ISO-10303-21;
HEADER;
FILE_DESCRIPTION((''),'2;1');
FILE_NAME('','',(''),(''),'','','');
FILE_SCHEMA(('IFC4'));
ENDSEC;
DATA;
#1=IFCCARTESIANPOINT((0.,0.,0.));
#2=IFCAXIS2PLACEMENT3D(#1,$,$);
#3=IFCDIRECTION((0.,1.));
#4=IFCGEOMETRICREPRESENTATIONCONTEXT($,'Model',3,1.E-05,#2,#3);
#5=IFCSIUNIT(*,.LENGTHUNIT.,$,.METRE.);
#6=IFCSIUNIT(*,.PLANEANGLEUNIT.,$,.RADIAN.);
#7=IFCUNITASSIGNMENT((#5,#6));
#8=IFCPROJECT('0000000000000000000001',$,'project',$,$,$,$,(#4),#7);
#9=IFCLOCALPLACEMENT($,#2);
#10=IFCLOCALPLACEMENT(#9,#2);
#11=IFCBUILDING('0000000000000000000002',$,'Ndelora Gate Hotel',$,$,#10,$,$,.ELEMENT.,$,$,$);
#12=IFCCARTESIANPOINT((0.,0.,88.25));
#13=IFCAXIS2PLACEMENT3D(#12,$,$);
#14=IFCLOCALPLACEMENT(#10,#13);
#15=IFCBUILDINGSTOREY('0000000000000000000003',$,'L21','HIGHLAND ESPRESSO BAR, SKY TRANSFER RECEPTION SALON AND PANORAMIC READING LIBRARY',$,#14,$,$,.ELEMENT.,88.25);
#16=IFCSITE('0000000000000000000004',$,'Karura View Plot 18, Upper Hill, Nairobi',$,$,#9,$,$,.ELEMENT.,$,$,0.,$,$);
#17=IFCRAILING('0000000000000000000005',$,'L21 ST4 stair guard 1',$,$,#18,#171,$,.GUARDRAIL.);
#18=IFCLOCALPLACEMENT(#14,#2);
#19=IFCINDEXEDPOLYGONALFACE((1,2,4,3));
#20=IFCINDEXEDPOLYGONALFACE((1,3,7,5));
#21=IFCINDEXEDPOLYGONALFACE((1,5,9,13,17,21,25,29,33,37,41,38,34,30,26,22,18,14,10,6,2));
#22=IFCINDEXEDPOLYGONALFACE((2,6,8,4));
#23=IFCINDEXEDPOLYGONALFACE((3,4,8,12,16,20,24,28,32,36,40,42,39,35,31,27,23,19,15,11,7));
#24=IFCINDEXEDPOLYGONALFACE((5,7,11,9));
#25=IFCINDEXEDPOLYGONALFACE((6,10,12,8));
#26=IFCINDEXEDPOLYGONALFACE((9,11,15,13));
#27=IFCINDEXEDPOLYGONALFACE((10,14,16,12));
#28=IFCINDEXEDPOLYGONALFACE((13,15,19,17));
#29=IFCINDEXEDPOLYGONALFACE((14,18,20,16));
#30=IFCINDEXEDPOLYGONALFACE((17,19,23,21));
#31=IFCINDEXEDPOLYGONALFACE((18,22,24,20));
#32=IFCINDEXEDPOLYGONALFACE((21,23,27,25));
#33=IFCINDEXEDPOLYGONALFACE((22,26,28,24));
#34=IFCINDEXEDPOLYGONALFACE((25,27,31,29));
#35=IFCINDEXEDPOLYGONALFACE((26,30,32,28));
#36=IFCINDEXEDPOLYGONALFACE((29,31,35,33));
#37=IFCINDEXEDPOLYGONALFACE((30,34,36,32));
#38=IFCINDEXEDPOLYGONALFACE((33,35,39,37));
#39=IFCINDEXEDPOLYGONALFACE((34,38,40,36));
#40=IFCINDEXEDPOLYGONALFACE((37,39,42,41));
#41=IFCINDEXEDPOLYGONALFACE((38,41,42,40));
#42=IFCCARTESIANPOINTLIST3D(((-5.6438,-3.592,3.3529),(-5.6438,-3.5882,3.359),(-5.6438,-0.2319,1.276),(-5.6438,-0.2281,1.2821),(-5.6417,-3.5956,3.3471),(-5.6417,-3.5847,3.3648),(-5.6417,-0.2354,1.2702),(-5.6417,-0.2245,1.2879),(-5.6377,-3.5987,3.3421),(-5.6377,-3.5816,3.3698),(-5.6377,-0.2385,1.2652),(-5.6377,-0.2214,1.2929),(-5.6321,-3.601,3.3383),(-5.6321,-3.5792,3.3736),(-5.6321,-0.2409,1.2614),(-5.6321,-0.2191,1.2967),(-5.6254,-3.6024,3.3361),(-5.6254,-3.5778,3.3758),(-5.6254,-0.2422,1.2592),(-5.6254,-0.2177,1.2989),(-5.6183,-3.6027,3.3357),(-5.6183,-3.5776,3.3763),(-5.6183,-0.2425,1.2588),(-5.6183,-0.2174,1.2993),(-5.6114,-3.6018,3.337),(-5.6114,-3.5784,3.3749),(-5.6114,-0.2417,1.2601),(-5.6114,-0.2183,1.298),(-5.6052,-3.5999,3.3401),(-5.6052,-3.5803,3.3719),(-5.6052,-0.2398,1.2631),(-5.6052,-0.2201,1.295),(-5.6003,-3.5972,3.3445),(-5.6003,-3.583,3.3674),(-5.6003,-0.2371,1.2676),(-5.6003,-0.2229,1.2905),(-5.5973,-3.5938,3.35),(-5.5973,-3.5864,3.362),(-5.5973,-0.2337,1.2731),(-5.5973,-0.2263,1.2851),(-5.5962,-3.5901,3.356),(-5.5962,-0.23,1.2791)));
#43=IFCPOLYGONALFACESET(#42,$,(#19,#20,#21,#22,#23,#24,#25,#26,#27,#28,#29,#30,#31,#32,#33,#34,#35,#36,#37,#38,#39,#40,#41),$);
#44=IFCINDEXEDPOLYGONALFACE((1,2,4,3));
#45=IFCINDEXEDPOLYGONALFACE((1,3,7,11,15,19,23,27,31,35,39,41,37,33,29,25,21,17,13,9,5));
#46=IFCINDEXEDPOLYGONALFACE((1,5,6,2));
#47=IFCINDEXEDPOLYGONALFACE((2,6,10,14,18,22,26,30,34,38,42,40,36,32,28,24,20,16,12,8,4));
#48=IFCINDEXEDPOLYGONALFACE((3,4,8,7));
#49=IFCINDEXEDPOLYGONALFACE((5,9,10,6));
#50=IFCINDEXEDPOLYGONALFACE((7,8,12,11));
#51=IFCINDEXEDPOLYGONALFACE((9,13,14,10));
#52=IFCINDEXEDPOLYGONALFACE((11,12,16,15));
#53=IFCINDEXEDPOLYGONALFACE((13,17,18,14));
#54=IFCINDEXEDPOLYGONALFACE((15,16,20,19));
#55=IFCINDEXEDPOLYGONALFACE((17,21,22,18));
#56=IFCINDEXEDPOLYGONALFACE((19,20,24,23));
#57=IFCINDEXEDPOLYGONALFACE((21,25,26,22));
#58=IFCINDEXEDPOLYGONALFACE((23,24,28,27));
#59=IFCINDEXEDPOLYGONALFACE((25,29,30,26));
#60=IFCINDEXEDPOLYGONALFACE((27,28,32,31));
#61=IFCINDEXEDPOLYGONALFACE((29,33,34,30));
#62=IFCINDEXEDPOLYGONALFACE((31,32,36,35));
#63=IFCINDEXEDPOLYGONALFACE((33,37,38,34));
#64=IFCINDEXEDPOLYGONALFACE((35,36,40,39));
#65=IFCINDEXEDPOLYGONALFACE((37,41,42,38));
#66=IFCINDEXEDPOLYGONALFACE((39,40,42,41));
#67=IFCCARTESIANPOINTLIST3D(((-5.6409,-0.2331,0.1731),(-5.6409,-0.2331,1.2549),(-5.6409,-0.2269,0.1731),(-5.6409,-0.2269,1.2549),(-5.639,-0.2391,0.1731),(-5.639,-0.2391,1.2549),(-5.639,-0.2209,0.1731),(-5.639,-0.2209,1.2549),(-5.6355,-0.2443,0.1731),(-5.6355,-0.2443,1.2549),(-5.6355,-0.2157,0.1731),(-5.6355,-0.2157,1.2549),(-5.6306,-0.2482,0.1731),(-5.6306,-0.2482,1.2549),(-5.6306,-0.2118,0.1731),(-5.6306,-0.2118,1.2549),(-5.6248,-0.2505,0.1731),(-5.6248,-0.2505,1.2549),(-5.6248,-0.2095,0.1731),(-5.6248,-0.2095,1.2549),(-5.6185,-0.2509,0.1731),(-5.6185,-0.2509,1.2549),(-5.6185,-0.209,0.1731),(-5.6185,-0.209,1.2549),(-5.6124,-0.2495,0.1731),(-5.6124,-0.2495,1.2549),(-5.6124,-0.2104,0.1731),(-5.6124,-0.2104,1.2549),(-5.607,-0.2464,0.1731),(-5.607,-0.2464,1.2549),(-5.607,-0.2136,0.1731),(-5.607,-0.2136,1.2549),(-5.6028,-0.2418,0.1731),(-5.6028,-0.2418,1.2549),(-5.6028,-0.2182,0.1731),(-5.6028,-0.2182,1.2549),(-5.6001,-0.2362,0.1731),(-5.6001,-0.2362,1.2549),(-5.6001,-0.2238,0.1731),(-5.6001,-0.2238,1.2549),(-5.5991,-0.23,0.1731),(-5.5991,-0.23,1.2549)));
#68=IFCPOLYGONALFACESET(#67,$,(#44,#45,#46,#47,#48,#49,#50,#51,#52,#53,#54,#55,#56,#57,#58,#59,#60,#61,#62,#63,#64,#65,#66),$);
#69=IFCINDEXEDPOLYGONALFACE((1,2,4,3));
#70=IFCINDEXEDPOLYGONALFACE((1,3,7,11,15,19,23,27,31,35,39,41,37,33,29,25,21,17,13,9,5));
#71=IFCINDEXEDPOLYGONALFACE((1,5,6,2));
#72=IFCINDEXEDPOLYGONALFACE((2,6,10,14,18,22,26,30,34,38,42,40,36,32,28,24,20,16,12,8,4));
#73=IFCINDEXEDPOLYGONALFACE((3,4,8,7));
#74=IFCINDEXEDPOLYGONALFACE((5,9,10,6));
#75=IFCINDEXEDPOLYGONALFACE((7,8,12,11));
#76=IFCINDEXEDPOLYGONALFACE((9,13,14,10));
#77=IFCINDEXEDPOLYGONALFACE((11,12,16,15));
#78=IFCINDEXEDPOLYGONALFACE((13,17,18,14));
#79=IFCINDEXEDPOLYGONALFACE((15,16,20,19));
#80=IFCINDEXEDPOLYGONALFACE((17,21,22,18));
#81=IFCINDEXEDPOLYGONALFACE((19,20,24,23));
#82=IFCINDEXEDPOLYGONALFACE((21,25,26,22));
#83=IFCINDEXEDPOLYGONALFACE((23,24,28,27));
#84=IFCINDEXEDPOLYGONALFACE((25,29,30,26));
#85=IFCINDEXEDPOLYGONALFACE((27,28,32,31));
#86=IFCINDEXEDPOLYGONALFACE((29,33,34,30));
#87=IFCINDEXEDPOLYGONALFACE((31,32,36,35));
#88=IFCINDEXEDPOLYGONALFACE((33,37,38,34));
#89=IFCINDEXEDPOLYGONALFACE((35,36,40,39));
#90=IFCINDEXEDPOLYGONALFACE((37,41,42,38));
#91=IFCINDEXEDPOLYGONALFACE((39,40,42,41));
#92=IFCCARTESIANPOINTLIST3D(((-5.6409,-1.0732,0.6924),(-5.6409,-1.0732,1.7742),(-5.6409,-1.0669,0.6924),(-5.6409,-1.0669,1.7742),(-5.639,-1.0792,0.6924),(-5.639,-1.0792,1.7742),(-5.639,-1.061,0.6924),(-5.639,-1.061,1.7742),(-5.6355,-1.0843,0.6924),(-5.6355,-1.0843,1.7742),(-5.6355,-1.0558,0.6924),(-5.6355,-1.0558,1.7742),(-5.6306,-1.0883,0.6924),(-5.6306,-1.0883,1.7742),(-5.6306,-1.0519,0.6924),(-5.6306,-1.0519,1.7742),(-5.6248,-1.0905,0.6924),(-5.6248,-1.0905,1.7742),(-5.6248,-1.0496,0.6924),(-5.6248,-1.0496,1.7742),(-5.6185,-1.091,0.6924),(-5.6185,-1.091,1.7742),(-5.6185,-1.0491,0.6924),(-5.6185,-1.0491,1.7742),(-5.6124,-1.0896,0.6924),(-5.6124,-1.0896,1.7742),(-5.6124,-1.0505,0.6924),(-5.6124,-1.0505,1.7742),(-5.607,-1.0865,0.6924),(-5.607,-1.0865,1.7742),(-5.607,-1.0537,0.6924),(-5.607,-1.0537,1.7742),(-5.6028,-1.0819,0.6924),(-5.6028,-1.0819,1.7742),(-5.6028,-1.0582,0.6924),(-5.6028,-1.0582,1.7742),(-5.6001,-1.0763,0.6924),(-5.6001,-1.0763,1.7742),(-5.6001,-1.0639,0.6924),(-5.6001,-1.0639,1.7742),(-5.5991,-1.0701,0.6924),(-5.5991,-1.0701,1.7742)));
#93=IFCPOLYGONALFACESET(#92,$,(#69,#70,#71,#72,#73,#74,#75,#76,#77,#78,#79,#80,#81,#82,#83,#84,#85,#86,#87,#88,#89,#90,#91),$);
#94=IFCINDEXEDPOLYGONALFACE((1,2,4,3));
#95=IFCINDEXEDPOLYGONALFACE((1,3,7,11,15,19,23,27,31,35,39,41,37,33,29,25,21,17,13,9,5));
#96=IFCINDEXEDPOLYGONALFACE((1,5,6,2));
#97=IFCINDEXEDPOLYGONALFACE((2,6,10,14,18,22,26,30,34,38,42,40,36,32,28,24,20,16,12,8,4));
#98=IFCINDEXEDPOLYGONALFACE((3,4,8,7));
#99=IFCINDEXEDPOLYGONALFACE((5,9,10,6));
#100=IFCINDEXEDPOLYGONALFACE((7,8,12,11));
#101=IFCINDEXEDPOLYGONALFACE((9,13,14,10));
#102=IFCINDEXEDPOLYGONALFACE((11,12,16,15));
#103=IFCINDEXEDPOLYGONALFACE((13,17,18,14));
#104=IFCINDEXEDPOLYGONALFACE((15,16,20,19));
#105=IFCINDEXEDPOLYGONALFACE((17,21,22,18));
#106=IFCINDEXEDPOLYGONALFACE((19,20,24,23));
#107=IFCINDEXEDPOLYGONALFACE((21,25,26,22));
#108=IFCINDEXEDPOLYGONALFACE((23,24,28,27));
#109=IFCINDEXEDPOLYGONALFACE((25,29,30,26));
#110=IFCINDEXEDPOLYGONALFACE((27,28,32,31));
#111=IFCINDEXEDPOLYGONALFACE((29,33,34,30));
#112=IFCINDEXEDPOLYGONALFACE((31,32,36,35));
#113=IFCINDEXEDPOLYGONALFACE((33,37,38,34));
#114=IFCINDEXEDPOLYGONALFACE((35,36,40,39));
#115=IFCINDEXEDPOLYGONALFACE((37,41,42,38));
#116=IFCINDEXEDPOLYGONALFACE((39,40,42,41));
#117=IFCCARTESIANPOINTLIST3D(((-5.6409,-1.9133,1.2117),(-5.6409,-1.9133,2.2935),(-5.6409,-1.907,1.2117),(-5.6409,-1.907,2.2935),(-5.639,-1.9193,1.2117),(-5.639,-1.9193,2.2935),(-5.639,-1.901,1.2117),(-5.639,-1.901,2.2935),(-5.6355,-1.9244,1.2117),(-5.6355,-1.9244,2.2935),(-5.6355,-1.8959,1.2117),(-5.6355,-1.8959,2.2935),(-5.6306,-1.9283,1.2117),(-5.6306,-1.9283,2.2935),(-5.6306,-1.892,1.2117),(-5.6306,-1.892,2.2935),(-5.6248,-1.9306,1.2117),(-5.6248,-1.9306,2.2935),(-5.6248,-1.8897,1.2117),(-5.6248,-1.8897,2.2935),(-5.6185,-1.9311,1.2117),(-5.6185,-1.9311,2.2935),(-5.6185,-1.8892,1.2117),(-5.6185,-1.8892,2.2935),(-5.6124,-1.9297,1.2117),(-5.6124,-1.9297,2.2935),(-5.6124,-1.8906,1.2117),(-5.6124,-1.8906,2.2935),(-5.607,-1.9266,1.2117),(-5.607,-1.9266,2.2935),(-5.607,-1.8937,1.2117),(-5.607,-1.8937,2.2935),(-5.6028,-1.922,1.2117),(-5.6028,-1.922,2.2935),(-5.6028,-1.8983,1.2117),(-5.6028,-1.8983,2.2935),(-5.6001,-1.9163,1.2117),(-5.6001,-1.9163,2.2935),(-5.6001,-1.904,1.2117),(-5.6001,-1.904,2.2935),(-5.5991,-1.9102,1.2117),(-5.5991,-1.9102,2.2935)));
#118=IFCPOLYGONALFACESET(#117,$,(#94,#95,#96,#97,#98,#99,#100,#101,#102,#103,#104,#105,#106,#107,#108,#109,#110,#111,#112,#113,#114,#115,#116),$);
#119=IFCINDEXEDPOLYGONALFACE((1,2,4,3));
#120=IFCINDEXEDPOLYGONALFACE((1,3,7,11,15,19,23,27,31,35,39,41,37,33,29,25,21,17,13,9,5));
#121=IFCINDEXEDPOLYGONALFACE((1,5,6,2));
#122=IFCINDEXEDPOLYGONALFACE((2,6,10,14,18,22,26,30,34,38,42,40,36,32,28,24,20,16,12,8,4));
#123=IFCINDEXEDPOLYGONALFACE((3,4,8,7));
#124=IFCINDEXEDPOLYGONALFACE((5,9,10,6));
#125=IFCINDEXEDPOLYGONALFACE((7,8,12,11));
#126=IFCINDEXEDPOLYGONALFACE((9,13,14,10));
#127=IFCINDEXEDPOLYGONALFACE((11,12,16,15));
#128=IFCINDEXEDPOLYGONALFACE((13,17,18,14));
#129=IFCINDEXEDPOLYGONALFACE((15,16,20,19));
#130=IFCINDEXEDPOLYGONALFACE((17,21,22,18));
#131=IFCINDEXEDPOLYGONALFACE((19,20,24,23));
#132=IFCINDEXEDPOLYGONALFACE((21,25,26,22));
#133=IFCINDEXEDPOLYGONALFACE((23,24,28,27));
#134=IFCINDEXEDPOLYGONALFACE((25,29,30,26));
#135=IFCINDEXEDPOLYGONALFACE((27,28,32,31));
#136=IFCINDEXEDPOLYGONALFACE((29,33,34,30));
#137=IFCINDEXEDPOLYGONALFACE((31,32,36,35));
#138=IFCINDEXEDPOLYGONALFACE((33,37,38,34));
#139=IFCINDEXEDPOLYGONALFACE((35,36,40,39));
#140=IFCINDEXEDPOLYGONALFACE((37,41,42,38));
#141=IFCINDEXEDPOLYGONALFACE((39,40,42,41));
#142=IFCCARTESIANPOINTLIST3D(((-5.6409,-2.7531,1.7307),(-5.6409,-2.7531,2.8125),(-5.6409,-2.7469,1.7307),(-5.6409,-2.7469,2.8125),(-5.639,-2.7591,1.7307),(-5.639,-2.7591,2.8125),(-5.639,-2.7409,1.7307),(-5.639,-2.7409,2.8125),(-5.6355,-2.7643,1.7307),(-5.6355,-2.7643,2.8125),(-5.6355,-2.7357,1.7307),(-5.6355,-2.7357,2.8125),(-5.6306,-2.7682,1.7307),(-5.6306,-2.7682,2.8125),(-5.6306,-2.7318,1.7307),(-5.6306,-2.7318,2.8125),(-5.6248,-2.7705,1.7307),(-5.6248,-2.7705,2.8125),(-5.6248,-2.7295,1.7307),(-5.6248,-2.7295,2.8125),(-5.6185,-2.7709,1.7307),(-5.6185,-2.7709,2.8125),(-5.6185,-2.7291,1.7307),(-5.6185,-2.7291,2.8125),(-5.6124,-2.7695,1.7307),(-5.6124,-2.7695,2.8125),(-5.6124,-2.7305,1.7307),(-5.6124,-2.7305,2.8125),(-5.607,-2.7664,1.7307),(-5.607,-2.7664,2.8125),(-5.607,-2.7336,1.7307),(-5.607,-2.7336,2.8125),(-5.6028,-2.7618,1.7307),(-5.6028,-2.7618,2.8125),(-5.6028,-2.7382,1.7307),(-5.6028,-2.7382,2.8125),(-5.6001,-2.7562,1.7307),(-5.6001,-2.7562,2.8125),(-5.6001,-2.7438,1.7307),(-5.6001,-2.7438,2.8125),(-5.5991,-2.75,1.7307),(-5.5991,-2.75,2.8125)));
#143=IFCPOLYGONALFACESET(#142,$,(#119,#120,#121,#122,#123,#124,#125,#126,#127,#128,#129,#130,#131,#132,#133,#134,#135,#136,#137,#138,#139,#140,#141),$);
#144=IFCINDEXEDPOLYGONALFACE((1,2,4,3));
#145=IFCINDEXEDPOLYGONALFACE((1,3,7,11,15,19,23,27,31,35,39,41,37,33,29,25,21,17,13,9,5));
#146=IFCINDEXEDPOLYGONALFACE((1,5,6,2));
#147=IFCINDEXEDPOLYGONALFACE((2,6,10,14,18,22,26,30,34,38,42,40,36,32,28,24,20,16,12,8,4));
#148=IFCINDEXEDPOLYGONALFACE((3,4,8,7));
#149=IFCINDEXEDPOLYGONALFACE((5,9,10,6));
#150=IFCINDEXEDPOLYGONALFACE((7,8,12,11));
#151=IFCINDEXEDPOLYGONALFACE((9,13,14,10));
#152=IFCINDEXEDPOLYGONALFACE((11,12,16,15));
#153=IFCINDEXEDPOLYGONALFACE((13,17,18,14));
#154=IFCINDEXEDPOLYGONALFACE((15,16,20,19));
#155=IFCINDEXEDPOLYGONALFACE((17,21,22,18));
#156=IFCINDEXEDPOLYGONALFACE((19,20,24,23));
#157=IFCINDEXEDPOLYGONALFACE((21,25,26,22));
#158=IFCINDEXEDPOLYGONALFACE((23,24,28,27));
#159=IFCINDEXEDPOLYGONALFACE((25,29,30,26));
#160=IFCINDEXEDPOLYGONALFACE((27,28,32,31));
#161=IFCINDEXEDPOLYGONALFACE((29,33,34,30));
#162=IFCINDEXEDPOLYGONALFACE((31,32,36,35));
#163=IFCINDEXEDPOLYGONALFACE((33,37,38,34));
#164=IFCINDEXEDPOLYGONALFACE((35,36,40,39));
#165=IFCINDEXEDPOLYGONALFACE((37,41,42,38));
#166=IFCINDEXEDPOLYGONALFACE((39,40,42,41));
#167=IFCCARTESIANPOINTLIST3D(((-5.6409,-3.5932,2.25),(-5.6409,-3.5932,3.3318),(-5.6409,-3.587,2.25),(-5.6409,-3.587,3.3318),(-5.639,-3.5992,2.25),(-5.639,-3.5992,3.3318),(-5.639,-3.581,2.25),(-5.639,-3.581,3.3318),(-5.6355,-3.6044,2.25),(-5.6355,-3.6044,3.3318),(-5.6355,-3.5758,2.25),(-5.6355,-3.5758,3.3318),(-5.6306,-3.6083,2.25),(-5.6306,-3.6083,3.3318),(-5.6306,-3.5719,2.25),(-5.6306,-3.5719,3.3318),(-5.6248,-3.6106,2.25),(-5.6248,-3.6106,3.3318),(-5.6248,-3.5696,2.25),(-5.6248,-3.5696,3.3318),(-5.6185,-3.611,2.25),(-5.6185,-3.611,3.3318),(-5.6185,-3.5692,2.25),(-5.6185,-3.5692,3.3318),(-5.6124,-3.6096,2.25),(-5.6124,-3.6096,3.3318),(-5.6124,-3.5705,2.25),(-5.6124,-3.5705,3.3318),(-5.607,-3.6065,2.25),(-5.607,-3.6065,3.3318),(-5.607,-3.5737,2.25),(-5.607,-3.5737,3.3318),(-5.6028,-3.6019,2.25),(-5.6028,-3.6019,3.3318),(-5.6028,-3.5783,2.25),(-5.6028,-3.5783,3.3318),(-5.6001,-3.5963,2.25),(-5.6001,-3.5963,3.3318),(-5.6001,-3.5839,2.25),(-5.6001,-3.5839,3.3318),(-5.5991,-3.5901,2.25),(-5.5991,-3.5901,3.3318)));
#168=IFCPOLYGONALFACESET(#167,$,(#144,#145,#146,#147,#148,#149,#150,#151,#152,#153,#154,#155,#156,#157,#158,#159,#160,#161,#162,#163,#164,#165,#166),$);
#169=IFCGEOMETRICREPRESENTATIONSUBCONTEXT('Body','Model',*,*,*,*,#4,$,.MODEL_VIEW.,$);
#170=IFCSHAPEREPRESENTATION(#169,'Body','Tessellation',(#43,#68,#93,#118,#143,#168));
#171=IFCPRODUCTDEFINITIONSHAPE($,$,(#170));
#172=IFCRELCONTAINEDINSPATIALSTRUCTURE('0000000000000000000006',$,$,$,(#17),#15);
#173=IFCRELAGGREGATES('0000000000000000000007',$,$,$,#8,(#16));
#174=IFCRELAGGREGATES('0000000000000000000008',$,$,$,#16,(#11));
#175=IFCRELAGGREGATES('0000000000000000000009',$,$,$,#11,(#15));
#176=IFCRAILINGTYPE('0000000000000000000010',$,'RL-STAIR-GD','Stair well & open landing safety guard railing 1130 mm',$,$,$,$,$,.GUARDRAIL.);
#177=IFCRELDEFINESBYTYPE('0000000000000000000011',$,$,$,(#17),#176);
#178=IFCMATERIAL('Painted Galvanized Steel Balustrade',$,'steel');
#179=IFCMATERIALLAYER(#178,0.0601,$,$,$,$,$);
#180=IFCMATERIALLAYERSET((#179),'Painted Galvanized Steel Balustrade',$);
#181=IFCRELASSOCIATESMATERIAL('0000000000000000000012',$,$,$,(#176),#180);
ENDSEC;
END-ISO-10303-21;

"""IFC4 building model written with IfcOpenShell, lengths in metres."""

from ifc_helpers import new_model, si_unit, direction, frame, origin, origin_2d, place, context, subcontext, project, spatial, circle, extrude, material, layer, layer_set, type_object, element, save


model = new_model("IFC4")

# Units and contexts
model_context = context("Model", 3, precision=1e-05, world=origin(), true_north=direction((0.0, 1.0)))
body_context = subcontext(model_context, "Body", "Model", "MODEL_VIEW")
ifc_project = project(units=[si_unit("LENGTHUNIT", "METRE"), si_unit("PLANEANGLEUNIT", "RADIAN")], contexts=[model_context])

# Site, building, storey
site_placement = place(None, origin())
site = spatial("IfcSite", under=ifc_project, at=site_placement, Name="Karura View Plot 18, Upper Hill, Nairobi", CompositionType="ELEMENT", RefElevation=0.0)
building_placement = place(site_placement, origin())
building = spatial("IfcBuilding", under=site, at=building_placement, Name="Ndelora Gate Hotel", CompositionType="ELEMENT")
storey_placement = place(building_placement, frame((0.0, 0.0, 88.25)))
storey = spatial("IfcBuildingStorey", under=building, at=storey_placement, Name="L21", Description="HIGHLAND ESPRESSO BAR, SKY TRANSFER RECEPTION SALON AND PANORAMIC READING LIBRARY", CompositionType="ELEMENT", Elevation=88.25)

# Railing
ifc_material_1 = material(Name="Painted Galvanized Steel Balustrade", Category="steel")
ifc_layer_1 = layer(ifc_material_1, 0.0601)
ifc_layer_set_1 = layer_set([ifc_layer_1], Name="Painted Galvanized Steel Balustrade")
railing_type_1 = type_object("IfcRailingType", Name="RL-STAIR-GD", Description="Stair well & open landing safety guard railing 1130 mm", PredefinedType="GUARDRAIL", material=ifc_layer_set_1)
railing_1_placement = place(storey_placement, frame((-5.6201, -0.23, 0.1731)))
element("IfcRailing", 1, at=railing_1_placement, inside=storey, type_object=railing_type_1, Name="L21 ST4 stair guard 1", PredefinedType="GUARDRAIL", context=body_context, shape_type="SweptSolid", body=[
    extrude(circle(Radius=0.0239, at=origin_2d()), frame((0.0, 0.0, 1.106), z_axis=(0.0, -0.850623, 0.525776), x_axis=(1.0, 0.0, 0.0)), (0.0, 0.0, 1.0), 3.9502),
    extrude(circle(Radius=0.021, at=origin_2d()), origin(), (0.0, 0.0, 1.0), 1.0818),
    extrude(circle(Radius=0.021, at=origin_2d()), frame((0.0, -0.8401, 0.5193)), (0.0, 0.0, 1.0), 1.0818),
    extrude(circle(Radius=0.021, at=origin_2d()), frame((0.0, -1.6802, 1.0386)), (0.0, 0.0, 1.0), 1.0818),
    extrude(circle(Radius=0.021, at=origin_2d()), frame((0.0, -2.52, 1.5576)), (0.0, 0.0, 1.0), 1.0818),
    extrude(circle(Radius=0.021, at=origin_2d()), frame((0.0, -3.3601, 2.0769)), (0.0, 0.0, 1.0), 1.0818),
])

save(model, "model.ifc")
